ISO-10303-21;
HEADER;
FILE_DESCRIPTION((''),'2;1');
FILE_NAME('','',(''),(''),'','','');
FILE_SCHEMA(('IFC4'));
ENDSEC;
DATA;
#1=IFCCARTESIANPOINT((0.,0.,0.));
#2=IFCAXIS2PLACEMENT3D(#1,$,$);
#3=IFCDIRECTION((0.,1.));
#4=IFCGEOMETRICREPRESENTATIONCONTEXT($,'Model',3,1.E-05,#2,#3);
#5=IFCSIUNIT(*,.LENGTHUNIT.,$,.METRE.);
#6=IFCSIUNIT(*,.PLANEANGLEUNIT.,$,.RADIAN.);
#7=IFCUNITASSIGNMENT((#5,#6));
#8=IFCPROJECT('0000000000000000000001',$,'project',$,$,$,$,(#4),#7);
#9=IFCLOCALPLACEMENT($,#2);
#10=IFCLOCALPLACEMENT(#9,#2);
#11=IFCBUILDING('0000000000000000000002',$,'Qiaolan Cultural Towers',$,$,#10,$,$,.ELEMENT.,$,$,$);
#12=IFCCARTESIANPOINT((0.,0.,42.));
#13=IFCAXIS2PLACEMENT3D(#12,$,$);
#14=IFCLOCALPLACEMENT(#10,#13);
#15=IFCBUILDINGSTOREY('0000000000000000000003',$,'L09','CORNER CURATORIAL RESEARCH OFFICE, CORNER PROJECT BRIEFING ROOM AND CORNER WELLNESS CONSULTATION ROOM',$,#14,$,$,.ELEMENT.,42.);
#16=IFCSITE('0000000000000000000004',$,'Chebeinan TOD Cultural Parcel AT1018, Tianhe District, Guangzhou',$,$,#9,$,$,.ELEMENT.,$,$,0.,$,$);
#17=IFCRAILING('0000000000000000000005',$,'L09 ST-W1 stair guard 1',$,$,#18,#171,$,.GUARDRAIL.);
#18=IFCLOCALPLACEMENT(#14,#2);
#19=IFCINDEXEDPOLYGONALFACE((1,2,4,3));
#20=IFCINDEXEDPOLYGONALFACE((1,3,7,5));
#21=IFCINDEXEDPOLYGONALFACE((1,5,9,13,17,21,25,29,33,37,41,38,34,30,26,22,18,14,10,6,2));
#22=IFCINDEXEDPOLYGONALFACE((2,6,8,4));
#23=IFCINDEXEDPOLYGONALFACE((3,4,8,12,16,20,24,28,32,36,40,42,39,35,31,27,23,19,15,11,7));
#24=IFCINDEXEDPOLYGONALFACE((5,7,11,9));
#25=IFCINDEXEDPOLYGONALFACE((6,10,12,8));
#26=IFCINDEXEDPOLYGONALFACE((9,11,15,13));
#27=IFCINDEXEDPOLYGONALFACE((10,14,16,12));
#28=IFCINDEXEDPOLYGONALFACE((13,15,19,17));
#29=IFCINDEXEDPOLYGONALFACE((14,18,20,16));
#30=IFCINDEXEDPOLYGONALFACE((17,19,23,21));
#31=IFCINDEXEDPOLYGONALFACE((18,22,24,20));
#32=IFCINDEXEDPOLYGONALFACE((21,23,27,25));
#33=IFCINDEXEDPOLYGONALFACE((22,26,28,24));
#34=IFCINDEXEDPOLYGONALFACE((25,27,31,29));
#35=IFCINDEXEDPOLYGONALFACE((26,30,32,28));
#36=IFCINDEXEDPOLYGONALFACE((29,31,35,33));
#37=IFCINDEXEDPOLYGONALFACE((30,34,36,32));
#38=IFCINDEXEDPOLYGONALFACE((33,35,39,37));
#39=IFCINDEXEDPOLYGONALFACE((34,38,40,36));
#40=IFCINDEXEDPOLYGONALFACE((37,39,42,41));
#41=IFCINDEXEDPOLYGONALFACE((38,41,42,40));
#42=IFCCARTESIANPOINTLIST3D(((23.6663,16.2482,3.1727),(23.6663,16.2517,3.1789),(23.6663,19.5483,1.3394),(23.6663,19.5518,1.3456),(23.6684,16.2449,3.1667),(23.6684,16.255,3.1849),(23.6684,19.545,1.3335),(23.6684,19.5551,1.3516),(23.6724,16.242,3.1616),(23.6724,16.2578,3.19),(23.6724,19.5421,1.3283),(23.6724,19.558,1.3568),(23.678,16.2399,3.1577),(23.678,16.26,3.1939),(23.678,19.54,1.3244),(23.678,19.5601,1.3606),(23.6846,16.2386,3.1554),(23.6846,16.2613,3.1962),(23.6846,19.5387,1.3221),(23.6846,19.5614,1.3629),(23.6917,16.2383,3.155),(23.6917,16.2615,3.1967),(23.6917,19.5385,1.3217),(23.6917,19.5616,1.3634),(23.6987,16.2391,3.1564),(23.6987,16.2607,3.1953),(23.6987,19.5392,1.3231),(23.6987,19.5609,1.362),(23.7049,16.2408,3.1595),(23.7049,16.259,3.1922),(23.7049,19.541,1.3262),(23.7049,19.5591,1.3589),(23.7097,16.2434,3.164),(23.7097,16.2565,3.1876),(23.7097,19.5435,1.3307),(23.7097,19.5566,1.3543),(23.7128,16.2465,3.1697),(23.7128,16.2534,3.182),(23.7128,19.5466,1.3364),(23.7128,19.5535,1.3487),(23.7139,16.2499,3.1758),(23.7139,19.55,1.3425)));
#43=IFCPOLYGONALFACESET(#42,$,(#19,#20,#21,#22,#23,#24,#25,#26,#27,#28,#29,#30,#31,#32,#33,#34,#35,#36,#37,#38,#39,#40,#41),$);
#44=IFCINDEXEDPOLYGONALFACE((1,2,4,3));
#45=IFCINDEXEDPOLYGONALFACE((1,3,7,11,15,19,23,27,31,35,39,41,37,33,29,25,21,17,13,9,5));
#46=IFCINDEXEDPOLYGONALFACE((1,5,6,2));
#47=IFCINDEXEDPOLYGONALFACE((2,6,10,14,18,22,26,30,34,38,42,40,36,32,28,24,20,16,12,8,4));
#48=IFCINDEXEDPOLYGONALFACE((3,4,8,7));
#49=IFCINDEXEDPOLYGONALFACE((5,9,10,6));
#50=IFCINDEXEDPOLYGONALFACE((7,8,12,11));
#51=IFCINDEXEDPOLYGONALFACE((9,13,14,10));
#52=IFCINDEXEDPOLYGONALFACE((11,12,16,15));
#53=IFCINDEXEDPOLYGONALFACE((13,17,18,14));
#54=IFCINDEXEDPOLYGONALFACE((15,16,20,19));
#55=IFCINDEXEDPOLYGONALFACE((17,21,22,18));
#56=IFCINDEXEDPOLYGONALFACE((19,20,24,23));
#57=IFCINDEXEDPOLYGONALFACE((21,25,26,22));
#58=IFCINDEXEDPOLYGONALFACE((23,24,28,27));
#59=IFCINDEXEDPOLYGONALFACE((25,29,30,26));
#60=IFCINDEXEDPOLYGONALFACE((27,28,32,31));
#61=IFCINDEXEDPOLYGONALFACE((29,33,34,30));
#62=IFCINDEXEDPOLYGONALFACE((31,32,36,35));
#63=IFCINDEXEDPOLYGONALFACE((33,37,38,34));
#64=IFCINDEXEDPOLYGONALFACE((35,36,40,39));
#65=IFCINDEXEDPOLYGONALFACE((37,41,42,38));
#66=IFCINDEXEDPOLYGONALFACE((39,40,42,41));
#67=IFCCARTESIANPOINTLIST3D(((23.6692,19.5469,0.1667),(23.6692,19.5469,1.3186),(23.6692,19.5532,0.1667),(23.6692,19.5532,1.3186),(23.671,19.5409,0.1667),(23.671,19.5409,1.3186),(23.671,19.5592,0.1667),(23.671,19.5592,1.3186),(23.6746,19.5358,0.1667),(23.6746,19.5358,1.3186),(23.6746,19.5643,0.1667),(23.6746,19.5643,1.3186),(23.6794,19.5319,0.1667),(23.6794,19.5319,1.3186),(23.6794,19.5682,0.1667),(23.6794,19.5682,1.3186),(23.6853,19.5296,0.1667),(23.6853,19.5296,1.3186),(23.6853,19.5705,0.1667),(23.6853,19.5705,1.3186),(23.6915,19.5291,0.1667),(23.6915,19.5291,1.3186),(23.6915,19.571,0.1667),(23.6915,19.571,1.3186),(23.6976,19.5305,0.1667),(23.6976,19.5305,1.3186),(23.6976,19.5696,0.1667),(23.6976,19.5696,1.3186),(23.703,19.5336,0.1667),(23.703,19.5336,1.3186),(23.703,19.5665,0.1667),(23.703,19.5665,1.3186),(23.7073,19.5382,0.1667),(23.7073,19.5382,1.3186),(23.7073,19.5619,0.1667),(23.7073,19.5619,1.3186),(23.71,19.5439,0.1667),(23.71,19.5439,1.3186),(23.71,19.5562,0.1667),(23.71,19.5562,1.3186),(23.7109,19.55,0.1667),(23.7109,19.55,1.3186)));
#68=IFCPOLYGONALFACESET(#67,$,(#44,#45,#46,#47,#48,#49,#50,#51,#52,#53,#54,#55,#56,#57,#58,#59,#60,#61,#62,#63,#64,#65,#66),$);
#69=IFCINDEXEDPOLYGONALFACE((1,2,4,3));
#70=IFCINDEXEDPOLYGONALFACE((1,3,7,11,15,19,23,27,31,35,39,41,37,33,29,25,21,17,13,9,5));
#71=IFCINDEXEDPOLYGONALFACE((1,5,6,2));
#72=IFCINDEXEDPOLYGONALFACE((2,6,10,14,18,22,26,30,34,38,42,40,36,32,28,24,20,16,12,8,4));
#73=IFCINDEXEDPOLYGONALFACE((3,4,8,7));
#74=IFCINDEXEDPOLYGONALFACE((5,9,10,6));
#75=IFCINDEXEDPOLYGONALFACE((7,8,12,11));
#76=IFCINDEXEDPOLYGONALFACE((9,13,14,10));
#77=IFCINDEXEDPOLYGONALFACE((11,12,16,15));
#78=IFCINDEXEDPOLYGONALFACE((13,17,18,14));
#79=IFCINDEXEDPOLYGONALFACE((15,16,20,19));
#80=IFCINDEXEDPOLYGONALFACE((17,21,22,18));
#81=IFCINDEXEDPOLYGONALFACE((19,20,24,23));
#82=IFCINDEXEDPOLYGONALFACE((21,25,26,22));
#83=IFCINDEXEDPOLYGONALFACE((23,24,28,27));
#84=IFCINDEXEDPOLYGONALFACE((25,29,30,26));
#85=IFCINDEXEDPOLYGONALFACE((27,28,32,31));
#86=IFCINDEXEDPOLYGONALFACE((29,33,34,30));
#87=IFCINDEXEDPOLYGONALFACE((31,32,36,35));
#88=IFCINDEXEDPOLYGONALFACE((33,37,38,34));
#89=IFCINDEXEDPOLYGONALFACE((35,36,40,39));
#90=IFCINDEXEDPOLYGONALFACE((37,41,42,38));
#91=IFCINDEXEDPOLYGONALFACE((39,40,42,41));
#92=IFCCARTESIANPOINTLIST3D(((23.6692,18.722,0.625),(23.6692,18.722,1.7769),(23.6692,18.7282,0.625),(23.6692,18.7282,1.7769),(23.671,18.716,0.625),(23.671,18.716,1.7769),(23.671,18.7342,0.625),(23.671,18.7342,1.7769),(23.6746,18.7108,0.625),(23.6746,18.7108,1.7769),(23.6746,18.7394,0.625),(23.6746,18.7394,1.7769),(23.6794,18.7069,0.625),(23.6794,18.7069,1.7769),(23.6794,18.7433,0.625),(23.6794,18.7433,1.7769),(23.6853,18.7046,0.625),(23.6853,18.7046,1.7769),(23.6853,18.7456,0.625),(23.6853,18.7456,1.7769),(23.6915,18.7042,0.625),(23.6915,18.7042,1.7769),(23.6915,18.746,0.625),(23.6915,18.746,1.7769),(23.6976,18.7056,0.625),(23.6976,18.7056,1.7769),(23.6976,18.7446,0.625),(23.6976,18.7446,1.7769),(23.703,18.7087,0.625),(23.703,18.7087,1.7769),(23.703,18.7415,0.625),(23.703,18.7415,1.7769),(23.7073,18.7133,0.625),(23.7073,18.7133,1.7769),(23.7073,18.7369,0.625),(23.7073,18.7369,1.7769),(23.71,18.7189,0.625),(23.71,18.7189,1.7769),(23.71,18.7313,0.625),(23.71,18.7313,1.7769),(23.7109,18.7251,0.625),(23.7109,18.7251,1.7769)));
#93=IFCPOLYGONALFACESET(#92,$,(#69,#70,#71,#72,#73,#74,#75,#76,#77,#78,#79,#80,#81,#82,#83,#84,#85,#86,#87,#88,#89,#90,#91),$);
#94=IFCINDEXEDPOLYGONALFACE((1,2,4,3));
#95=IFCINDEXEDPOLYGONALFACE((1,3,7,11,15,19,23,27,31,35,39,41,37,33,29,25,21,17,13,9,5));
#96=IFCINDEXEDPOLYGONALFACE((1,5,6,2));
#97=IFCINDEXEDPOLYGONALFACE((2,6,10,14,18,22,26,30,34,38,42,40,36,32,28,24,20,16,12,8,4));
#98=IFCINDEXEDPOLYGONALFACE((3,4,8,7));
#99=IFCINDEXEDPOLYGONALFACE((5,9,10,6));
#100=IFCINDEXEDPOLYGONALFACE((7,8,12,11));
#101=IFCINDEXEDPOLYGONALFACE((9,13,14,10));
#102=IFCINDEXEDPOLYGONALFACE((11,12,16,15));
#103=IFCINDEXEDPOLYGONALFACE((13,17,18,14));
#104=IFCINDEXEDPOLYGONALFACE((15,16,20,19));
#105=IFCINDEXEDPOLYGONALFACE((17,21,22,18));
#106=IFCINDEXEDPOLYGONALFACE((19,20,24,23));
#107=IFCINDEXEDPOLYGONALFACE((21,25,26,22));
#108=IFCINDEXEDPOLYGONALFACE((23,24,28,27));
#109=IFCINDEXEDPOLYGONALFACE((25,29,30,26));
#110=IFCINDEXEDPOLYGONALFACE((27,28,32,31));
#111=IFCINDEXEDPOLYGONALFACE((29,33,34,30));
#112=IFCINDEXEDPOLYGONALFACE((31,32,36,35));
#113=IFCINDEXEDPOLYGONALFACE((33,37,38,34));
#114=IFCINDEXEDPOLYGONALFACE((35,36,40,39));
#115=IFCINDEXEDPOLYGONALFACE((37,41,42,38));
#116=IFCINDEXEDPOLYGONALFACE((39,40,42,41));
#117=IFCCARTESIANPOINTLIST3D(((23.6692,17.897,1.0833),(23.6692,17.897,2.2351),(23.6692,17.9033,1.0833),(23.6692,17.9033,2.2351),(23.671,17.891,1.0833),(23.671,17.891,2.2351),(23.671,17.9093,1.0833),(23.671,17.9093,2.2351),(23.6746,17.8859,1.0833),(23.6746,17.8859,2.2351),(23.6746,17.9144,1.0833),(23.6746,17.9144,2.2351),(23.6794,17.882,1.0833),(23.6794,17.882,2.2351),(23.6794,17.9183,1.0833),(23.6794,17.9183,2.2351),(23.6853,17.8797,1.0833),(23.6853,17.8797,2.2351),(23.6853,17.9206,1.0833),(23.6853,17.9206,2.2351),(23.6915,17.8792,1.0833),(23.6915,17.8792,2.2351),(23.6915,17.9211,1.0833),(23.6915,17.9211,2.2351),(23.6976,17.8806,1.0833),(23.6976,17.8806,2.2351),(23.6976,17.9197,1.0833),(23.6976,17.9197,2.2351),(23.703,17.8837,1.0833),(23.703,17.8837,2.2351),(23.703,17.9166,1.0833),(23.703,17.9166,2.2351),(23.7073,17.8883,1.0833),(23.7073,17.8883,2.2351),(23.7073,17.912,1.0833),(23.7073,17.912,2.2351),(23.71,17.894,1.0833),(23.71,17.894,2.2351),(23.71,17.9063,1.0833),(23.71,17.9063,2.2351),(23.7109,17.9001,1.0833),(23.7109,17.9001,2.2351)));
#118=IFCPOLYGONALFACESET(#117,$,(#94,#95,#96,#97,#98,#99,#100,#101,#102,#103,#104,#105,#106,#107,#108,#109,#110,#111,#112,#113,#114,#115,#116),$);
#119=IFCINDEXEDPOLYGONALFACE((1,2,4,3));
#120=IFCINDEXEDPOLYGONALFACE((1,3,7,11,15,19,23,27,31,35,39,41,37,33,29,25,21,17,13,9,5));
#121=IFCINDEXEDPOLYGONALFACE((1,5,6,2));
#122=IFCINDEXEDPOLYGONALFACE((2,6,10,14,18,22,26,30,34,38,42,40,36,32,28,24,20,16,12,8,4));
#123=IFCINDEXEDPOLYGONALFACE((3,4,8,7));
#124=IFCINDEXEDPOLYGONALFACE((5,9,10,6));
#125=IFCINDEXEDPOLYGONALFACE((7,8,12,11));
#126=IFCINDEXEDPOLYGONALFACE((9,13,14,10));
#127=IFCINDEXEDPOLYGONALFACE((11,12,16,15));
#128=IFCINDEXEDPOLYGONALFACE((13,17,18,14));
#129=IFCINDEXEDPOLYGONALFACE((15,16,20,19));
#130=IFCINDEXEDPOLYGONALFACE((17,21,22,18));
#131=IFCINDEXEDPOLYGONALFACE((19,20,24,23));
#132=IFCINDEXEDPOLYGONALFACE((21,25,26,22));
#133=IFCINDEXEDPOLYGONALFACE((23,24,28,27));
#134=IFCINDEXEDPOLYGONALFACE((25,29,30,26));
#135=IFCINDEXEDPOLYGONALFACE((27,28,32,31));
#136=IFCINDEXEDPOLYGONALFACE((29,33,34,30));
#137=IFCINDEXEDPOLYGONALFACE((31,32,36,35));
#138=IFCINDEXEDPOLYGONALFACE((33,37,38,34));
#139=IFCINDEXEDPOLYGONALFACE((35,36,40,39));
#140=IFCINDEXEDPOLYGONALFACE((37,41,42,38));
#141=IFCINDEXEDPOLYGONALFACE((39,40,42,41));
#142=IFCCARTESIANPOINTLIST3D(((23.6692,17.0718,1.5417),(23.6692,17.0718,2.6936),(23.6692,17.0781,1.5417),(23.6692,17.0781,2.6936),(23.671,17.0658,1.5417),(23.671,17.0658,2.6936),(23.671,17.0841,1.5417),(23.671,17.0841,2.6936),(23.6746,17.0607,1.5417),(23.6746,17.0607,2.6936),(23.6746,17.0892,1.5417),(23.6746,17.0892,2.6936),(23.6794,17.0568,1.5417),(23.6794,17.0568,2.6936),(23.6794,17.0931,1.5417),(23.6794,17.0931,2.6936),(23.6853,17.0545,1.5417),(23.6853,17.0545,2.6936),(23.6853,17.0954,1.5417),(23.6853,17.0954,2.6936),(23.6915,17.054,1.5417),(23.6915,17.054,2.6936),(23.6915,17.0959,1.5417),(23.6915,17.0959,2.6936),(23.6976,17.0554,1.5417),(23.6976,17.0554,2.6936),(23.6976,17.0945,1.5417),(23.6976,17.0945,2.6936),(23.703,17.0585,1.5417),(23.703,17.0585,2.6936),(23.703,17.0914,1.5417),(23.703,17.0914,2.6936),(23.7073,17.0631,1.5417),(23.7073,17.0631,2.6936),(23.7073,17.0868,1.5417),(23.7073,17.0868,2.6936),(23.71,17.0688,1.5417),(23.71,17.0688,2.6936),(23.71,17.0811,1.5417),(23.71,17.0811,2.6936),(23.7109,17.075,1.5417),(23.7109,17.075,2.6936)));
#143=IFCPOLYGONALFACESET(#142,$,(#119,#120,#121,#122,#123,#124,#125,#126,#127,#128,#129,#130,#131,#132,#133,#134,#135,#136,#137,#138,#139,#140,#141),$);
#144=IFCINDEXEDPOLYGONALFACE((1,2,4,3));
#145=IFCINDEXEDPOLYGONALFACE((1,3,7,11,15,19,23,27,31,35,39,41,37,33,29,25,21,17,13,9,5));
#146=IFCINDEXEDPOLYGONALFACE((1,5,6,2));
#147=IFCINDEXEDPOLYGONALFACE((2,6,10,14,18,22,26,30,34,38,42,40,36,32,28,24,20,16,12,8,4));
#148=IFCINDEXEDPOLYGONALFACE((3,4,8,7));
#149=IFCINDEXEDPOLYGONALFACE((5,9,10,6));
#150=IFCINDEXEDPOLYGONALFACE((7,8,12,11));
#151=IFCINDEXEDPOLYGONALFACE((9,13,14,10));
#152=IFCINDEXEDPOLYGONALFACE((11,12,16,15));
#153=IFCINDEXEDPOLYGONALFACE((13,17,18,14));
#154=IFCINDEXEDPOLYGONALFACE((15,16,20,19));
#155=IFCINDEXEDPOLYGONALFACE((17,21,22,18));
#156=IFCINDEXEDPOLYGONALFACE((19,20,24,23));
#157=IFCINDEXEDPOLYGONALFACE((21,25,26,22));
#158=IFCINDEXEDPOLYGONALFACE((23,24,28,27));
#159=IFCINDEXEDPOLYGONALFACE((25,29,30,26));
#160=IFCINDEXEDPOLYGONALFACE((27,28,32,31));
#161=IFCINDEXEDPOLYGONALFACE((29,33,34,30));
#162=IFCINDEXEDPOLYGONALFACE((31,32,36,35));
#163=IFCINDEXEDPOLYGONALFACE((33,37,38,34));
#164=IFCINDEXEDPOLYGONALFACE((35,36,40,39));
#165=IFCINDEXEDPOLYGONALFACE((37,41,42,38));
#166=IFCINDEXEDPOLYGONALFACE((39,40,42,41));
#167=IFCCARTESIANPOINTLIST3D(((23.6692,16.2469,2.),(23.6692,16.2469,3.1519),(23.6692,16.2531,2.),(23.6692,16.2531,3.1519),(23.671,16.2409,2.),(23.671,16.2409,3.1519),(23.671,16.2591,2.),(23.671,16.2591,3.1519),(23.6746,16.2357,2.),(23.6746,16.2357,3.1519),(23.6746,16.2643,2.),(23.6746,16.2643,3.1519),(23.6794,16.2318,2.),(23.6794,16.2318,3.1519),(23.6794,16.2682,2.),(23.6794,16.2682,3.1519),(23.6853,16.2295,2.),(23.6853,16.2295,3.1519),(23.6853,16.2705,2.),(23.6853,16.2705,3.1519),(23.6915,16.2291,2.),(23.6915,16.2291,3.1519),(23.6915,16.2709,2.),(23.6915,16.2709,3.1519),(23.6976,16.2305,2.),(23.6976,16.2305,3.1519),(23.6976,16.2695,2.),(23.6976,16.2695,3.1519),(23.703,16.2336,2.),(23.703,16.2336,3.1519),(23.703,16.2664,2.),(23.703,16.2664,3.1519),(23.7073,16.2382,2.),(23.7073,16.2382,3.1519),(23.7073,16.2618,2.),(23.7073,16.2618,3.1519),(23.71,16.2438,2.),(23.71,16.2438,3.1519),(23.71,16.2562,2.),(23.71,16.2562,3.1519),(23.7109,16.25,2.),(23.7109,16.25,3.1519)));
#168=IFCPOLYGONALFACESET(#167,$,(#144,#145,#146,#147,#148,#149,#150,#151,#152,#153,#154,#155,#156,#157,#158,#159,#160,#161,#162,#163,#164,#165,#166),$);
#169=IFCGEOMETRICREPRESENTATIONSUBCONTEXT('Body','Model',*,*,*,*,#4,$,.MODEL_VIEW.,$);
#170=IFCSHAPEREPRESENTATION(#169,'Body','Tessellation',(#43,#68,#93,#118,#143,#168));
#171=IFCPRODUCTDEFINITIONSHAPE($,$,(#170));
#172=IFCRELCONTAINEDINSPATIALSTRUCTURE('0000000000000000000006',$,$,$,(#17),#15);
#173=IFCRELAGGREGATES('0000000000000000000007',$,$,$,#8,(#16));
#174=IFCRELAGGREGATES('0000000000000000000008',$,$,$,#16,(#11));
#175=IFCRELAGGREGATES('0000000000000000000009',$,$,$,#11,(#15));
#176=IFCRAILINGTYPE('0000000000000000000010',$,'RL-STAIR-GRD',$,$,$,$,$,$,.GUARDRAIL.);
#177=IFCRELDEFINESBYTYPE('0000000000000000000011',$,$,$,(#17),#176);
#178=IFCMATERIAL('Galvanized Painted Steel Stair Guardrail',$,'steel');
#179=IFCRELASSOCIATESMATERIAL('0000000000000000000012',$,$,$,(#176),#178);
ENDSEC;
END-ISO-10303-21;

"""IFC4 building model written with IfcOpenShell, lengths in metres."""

from ifc_helpers import new_model, si_unit, direction, frame, origin, origin_2d, place, context, subcontext, project, spatial, circle, extrude, material, type_object, element, save


model = new_model("IFC4")

# Units and contexts
model_context = context("Model", 3, precision=1e-05, world=origin(), true_north=direction((0.0, 1.0)))
body_context = subcontext(model_context, "Body", "Model", "MODEL_VIEW")
ifc_project = project(units=[si_unit("LENGTHUNIT", "METRE"), si_unit("PLANEANGLEUNIT", "RADIAN")], contexts=[model_context])

# Site, building, storey
site_placement = place(None, origin())
site = spatial("IfcSite", under=ifc_project, at=site_placement, Name="Chebeinan TOD Cultural Parcel AT1018, Tianhe District, Guangzhou", CompositionType="ELEMENT", RefElevation=0.0)
building_placement = place(site_placement, origin())
building = spatial("IfcBuilding", under=site, at=building_placement, Name="Qiaolan Cultural Towers", CompositionType="ELEMENT")
storey_placement = place(building_placement, frame((0.0, 0.0, 42.0)))
storey = spatial("IfcBuildingStorey", under=building, at=storey_placement, Name="L09", Description="CORNER CURATORIAL RESEARCH OFFICE, CORNER PROJECT BRIEFING ROOM AND CORNER WELLNESS CONSULTATION ROOM", CompositionType="ELEMENT", Elevation=42.0)

# Railing
ifc_material_1 = material(Name="Galvanized Painted Steel Stair Guardrail", Category="steel")
railing_type_1 = type_object("IfcRailingType", Name="RL-STAIR-GRD", PredefinedType="GUARDRAIL", material=ifc_material_1)
railing_1_placement = place(storey_placement, frame((23.6899, 19.55, 0.1667)))
element("IfcRailing", 1, at=railing_1_placement, inside=storey, type_object=railing_type_1, Name="L09 ST-W1 stair guard 1", PredefinedType="GUARDRAIL", context=body_context, shape_type="SweptSolid", body=[
    extrude(circle(Radius=0.0239, at=origin_2d()), frame((0.0, 0.0, 1.1758), z_axis=(0.0, -0.874169, 0.485621), x_axis=(1.0, 0.0, 0.0)), (0.0, 0.0, 1.0), 3.7751),
    extrude(circle(Radius=0.021, at=origin_2d()), origin(), (0.0, 0.0, 1.0), 1.1519),
    extrude(circle(Radius=0.021, at=origin_2d()), frame((0.0, -0.825, 0.4583)), (0.0, 0.0, 1.0), 1.1519),
    extrude(circle(Radius=0.021, at=origin_2d()), frame((0.0, -1.6499, 0.9165)), (0.0, 0.0, 1.0), 1.1519),
    extrude(circle(Radius=0.021, at=origin_2d()), frame((0.0, -2.4751, 1.375)), (0.0, 0.0, 1.0), 1.1519),
    extrude(circle(Radius=0.021, at=origin_2d()), frame((0.0, -3.3, 1.8333)), (0.0, 0.0, 1.0), 1.1519),
])

save(model, "model.ifc")
